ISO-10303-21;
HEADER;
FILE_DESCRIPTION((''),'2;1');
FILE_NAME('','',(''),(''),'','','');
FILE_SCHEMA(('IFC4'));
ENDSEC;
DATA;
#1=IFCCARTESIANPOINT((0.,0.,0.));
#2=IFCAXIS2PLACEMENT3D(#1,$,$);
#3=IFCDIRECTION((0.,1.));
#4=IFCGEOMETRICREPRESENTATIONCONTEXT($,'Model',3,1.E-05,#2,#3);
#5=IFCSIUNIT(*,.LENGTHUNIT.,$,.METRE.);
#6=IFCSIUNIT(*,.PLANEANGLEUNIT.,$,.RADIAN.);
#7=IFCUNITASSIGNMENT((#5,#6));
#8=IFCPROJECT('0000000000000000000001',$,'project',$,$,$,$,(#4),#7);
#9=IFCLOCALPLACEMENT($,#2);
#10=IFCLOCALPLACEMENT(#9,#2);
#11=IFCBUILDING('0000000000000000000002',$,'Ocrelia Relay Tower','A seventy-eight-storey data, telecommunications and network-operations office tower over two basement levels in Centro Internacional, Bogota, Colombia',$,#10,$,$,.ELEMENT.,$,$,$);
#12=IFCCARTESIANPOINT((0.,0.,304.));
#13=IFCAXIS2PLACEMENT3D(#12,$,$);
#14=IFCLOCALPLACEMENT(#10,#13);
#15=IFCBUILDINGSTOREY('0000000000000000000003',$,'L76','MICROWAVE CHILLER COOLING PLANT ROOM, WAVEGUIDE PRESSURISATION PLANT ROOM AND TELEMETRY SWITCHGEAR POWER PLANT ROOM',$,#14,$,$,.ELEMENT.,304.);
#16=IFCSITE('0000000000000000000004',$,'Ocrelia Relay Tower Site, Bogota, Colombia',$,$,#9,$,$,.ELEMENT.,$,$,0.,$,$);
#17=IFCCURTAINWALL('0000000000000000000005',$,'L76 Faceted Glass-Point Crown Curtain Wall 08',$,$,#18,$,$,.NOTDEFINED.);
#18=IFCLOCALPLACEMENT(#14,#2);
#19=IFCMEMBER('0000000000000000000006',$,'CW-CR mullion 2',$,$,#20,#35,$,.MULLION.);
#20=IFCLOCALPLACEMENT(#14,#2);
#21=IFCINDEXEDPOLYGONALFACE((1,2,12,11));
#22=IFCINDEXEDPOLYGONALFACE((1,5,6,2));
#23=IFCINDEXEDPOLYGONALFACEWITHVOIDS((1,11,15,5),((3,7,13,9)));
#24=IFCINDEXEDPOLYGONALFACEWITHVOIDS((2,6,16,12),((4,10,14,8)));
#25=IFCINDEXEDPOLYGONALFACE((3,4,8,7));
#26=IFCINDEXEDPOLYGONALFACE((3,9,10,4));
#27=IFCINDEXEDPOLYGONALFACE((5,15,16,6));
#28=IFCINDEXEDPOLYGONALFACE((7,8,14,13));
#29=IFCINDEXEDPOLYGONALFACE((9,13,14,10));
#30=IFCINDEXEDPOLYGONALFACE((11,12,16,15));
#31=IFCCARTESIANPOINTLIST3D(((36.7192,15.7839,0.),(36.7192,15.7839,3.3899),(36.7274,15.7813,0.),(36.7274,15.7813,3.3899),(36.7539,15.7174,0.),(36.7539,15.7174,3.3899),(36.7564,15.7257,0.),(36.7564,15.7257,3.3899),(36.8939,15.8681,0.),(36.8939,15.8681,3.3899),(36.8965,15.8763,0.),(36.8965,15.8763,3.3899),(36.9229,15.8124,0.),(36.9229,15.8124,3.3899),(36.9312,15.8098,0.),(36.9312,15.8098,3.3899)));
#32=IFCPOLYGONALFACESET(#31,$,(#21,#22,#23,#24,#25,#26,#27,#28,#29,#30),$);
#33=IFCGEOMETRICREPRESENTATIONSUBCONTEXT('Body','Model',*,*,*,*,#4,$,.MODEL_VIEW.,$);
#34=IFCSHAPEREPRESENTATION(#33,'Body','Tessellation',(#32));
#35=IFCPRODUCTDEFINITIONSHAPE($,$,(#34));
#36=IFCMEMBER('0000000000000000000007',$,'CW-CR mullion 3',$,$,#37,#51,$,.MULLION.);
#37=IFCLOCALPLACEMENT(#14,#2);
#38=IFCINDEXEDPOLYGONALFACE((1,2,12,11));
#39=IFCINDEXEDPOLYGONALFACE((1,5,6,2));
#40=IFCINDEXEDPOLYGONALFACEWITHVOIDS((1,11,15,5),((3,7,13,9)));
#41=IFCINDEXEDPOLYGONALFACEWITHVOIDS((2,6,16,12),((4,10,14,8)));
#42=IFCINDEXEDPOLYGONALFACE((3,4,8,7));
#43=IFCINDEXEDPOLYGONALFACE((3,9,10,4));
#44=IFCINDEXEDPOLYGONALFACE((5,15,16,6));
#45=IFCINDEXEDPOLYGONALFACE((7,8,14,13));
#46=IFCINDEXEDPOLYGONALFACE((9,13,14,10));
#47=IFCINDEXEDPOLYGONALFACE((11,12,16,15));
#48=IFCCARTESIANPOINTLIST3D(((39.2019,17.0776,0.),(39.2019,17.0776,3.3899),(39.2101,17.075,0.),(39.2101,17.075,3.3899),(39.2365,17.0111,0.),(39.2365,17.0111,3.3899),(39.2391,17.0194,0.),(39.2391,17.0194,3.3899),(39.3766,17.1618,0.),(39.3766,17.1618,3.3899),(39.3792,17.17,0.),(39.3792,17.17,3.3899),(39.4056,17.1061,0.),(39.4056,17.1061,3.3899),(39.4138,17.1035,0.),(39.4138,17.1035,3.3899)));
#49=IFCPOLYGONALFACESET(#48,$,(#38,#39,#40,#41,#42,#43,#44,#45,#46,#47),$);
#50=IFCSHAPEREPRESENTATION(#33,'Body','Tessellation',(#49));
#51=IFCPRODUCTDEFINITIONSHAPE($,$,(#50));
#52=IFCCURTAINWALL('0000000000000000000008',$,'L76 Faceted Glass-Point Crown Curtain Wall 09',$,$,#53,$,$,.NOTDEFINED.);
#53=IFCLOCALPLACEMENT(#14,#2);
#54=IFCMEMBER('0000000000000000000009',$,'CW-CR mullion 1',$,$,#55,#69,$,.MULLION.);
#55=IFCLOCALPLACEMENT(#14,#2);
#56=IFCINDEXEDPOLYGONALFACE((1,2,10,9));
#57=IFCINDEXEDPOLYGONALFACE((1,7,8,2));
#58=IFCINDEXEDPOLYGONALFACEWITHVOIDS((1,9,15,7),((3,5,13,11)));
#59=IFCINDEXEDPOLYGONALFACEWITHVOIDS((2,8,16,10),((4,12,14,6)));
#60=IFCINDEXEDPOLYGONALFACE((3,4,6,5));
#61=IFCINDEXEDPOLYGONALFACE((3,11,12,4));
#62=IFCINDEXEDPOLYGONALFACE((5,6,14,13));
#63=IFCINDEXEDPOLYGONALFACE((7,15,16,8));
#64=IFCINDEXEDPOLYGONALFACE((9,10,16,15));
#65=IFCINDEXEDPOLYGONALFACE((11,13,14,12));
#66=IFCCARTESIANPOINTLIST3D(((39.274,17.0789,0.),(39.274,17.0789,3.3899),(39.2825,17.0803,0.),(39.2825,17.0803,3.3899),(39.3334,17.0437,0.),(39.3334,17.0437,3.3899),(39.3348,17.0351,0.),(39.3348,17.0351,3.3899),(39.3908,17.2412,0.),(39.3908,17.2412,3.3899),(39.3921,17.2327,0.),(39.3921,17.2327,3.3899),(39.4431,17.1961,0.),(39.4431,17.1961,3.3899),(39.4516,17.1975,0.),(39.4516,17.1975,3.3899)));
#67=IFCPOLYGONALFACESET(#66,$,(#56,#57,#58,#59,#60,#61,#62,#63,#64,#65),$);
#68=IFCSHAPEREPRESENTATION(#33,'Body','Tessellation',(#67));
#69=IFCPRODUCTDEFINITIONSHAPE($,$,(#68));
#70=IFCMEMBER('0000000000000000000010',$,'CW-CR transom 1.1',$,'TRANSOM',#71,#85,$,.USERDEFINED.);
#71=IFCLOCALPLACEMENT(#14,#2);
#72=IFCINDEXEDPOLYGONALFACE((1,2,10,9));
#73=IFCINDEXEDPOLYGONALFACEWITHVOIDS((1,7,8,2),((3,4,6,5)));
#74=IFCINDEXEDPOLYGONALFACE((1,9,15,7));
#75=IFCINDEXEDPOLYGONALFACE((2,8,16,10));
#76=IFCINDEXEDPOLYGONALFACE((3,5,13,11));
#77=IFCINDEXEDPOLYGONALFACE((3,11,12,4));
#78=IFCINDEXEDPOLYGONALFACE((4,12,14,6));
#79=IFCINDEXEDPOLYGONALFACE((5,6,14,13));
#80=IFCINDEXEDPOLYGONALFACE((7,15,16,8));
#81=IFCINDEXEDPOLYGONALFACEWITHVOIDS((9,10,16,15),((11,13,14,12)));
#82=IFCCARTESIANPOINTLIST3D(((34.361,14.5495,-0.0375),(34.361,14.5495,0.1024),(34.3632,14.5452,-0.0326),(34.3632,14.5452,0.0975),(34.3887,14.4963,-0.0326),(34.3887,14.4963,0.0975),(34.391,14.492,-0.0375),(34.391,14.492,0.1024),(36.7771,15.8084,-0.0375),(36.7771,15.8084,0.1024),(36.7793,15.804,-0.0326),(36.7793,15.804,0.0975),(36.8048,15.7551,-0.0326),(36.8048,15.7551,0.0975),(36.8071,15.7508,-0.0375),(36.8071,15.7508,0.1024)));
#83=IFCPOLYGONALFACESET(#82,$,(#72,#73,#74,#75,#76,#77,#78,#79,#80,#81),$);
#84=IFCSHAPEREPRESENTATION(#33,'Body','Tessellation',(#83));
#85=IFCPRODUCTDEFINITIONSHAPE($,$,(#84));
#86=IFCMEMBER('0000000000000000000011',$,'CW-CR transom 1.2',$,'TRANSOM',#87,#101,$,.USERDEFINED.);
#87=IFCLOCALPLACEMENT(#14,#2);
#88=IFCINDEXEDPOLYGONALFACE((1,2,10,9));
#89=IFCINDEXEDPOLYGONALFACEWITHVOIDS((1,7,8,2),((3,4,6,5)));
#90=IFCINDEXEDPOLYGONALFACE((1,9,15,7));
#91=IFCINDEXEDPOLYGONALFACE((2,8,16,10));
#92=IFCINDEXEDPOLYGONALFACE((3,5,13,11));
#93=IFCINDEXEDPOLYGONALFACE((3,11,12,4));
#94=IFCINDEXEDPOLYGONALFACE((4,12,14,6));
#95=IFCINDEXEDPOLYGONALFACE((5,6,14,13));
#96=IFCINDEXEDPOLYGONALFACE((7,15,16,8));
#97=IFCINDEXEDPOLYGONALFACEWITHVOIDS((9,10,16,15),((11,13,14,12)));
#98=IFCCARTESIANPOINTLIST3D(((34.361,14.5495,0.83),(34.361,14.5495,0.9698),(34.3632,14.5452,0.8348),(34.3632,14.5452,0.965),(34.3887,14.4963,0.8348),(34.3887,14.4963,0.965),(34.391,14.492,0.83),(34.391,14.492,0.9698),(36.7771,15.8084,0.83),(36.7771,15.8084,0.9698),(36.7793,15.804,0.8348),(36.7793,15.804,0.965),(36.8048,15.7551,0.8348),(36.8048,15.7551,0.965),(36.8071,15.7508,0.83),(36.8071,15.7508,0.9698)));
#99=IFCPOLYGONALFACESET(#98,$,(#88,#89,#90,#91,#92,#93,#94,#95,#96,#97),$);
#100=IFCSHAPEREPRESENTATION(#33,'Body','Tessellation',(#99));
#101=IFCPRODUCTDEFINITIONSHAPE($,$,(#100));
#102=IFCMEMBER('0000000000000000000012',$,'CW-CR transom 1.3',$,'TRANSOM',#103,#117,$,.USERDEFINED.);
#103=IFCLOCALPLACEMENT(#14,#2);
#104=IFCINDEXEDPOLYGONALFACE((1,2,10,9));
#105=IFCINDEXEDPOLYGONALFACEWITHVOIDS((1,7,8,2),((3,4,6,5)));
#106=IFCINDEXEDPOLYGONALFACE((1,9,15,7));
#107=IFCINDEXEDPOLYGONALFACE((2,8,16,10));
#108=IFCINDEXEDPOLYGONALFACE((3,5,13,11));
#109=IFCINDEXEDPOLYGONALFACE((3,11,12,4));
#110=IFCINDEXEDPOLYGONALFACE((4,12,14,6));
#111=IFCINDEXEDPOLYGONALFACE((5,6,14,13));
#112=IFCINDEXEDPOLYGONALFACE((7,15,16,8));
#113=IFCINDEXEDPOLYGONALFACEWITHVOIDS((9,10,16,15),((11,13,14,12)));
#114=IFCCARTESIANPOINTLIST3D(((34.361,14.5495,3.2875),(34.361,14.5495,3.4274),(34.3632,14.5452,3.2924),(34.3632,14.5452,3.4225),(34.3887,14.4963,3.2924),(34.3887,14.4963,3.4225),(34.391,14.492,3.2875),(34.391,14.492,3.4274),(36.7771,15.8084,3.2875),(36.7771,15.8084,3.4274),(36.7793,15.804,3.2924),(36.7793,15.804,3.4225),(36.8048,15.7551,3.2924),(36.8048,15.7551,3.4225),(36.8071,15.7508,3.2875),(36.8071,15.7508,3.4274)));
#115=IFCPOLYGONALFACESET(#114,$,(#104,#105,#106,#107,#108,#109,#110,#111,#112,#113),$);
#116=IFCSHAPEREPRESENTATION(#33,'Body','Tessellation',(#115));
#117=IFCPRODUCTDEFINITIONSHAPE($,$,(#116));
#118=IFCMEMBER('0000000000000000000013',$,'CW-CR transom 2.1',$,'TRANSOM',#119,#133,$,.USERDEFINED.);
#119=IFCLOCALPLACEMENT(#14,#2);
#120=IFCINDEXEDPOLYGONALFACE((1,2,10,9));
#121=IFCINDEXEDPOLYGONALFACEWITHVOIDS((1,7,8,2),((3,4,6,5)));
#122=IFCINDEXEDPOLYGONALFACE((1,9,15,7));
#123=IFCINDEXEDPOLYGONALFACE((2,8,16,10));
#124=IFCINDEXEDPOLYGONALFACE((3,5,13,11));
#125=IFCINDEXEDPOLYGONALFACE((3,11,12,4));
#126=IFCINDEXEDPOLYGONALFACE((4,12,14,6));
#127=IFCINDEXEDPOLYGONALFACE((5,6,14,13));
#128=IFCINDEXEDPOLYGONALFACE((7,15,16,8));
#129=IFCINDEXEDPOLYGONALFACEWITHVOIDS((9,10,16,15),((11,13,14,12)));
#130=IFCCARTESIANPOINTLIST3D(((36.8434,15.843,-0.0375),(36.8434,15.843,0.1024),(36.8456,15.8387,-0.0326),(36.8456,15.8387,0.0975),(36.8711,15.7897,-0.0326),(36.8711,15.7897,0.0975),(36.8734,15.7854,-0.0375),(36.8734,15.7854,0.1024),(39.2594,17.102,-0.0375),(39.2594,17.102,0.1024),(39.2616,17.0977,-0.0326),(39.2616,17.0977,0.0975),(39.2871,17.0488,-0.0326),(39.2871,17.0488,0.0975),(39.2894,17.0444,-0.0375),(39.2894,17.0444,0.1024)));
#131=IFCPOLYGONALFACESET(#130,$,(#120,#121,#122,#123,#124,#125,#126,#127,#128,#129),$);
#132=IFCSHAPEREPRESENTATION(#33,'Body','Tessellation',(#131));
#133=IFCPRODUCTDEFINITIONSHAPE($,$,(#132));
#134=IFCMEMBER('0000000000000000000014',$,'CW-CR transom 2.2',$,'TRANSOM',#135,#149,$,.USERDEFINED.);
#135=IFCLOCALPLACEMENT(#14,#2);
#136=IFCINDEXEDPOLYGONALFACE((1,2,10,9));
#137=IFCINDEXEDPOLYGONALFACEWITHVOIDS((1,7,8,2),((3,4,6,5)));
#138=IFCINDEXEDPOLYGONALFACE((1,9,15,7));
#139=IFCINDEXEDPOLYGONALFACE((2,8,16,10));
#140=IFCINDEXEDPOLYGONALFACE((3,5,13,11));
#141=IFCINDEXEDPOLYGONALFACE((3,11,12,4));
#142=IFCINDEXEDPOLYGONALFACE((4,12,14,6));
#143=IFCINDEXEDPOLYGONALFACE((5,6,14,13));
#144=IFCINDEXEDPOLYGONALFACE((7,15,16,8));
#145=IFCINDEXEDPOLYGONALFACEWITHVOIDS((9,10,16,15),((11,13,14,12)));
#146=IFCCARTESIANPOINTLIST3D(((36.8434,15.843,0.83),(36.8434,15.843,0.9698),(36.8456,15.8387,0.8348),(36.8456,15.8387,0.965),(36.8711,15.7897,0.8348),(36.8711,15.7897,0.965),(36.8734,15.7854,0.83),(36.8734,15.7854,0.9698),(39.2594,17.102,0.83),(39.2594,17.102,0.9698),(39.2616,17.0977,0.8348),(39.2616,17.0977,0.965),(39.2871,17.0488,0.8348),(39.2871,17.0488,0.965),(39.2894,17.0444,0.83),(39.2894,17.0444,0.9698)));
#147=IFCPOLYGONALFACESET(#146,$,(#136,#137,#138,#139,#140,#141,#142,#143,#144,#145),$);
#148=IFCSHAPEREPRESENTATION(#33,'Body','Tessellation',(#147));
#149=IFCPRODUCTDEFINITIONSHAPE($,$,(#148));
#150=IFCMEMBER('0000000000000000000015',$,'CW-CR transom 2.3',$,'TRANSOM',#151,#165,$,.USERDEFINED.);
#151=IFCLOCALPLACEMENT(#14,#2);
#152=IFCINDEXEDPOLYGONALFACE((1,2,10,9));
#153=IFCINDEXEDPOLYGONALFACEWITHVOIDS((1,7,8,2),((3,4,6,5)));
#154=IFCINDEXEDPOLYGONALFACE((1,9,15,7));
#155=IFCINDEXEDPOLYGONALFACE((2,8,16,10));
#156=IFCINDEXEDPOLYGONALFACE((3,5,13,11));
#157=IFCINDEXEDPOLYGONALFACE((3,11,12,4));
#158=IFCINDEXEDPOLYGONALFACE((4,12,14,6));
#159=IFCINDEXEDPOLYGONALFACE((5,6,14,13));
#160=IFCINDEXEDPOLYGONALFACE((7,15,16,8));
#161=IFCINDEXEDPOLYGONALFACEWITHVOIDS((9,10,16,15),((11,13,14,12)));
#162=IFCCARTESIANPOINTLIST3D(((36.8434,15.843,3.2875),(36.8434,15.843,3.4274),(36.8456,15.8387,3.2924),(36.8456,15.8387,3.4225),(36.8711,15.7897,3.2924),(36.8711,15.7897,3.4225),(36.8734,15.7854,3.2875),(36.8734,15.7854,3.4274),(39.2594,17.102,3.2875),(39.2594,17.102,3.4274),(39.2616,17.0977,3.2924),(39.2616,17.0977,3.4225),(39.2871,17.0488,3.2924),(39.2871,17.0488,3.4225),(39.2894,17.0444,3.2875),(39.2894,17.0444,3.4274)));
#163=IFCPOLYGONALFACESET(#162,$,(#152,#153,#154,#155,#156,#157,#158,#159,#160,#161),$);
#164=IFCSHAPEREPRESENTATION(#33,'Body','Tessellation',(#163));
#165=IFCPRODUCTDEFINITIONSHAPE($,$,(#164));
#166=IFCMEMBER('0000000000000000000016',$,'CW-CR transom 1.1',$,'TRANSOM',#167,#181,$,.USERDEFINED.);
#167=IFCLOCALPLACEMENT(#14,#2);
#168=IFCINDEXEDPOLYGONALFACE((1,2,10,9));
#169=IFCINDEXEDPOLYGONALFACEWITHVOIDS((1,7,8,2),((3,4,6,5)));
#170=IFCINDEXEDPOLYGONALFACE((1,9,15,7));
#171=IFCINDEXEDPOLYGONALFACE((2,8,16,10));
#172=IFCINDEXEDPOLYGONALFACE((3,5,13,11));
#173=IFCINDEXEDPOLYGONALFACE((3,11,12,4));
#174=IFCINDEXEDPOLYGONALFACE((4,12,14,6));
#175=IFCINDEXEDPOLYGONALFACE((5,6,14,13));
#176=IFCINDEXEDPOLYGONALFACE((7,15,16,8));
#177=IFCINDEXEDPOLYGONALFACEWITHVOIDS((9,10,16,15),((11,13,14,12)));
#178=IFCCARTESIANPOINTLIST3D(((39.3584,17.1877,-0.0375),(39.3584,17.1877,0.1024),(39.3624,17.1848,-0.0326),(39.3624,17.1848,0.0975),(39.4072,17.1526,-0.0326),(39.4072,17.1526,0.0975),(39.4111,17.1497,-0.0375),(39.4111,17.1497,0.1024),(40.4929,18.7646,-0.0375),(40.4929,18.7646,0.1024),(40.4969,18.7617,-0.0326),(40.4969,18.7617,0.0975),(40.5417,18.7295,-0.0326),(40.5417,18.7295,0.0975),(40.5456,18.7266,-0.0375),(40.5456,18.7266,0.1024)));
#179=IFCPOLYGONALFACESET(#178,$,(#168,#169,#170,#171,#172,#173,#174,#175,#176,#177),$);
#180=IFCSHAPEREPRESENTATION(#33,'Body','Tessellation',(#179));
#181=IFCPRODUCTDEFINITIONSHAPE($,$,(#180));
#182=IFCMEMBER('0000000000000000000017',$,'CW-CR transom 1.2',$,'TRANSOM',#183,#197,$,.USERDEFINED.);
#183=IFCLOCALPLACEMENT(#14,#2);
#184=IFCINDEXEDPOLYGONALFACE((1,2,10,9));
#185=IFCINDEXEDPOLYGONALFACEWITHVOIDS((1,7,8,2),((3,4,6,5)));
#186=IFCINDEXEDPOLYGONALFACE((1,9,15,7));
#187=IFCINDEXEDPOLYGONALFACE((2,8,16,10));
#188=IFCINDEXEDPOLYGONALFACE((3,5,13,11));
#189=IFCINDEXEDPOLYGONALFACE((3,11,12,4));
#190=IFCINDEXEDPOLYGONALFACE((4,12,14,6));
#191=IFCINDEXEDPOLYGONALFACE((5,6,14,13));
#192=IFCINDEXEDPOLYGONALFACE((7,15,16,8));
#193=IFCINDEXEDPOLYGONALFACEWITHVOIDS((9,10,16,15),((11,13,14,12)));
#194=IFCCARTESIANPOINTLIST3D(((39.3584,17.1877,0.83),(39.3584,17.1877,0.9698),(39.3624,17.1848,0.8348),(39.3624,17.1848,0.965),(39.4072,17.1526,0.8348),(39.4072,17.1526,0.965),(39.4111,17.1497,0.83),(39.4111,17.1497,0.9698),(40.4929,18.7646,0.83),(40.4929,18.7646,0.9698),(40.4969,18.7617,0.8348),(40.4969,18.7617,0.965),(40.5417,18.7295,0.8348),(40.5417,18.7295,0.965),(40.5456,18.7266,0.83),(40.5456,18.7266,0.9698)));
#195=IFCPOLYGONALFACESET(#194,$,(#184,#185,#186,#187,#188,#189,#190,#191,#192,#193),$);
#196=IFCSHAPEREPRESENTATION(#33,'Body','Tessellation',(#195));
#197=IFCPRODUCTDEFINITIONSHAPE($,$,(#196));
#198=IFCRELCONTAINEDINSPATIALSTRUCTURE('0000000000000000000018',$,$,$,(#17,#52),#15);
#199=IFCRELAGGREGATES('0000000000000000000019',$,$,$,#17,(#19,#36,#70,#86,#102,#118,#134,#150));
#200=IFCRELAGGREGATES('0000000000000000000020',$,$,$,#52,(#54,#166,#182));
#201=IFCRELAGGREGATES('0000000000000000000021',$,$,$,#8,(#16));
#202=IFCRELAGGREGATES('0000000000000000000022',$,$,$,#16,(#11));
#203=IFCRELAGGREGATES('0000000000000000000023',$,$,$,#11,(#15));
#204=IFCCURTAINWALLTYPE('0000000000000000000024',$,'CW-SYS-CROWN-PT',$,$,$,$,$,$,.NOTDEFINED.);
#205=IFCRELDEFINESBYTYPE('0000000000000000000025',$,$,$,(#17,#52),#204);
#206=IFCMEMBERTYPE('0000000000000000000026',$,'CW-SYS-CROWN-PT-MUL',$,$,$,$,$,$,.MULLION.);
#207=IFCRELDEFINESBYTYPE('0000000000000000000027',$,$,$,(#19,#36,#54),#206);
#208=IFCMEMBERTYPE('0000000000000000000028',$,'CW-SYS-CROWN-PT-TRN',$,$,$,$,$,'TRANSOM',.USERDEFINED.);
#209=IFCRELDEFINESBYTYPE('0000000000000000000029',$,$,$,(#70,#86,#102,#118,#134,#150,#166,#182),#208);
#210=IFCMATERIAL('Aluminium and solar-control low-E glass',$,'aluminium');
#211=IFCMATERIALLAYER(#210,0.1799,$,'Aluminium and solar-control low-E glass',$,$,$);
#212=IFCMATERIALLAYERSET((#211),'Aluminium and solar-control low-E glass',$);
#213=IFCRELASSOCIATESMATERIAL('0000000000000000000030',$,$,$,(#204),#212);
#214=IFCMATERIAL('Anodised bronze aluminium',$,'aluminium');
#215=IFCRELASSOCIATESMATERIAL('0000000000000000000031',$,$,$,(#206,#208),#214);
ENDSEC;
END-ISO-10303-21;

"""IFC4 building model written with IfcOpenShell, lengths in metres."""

from ifc_helpers import new_model, si_unit, direction, frame, origin, origin_2d, place, context, subcontext, project, spatial, hollow_rectangle, extrude, material, layer, layer_set, material_profile, profile_set, type_object, element, aggregate, save


model = new_model("IFC4")

# Units and contexts
model_context = context("Model", 3, precision=1e-05, world=origin(), true_north=direction((0.0, 1.0)))
body_context = subcontext(model_context, "Body", "Model", "MODEL_VIEW")
ifc_project = project(units=[si_unit("LENGTHUNIT", "METRE"), si_unit("PLANEANGLEUNIT", "RADIAN")], contexts=[model_context])

# Site, building, storey
site_placement = place(None, origin())
site = spatial("IfcSite", under=ifc_project, at=site_placement, Name="Ocrelia Relay Tower Site, Bogota, Colombia", CompositionType="ELEMENT", RefElevation=0.0)
building_placement = place(site_placement, origin())
building = spatial("IfcBuilding", under=site, at=building_placement, Name="Ocrelia Relay Tower", Description="A seventy-eight-storey data, telecommunications and network-operations office tower over two basement levels in Centro Internacional, Bogota, Colombia", CompositionType="ELEMENT")
storey_placement = place(building_placement, frame((0.0, 0.0, 304.0)))
storey = spatial("IfcBuildingStorey", under=building, at=storey_placement, Name="L76", Description="MICROWAVE CHILLER COOLING PLANT ROOM, WAVEGUIDE PRESSURISATION PLANT ROOM AND TELEMETRY SWITCHGEAR POWER PLANT ROOM", CompositionType="ELEMENT", Elevation=304.0)

# Shared definitions
ifc_material_1 = material(Name="Aluminium and solar-control low-E glass", Category="aluminium")
ifc_layer_1 = layer(ifc_material_1, 0.1799, Name="Aluminium and solar-control low-E glass")
ifc_layer_set_1 = layer_set([ifc_layer_1], Name="Aluminium and solar-control low-E glass")
curtain_wall_type = type_object("IfcCurtainWallType", Name="CW-SYS-CROWN-PT", PredefinedType="NOTDEFINED", material=ifc_layer_set_1)
ifc_material_2 = material(Name="Anodised bronze aluminium", Category="aluminium")
ifc_material_profile_1 = material_profile(ifc_material_2, hollow_rectangle(XDim=0.075, YDim=0.2, WallThickness=0.0061, at=origin_2d()), Name="CW-MUL-200x75")
ifc_profile_set_1 = profile_set([ifc_material_profile_1], Name="Anodised bronze aluminium")
member_type_1 = type_object("IfcMemberType", Name="CW-SYS-CROWN-PT-MUL", PredefinedType="MULLION", material=ifc_profile_set_1)

# Curtain wall, members
curtain_wall_1_placement = place(storey_placement, origin())
curtain_wall_1 = element("IfcCurtainWall", 1, at=curtain_wall_1_placement, inside=storey, type_object=curtain_wall_type, Name="L76 Faceted Glass-Point Crown Curtain Wall 08", PredefinedType="NOTDEFINED")
member_1_placement = place(storey_placement, frame((36.8252, 15.7969, 0.0), z_axis=(0.0, 0.0, 1.0), x_axis=(-0.462105, 0.886825, 0.0)))
member_1 = element("IfcMember", 2, at=member_1_placement, type_object=member_type_1, Name="CW-CR mullion 2", PredefinedType="MULLION", context=body_context, shape_type="SweptSolid", body=[
    extrude(hollow_rectangle(XDim=0.075, YDim=0.2, WallThickness=0.0061, at=origin_2d()), origin(), (0.0, 0.0, 1.0), 3.3899),
])
member_2_placement = place(storey_placement, frame((39.3079, 17.0906, 0.0), z_axis=(0.0, 0.0, 1.0), x_axis=(-0.462105, 0.886825, 0.0)))
member_2 = element("IfcMember", 3, at=member_2_placement, type_object=member_type_1, Name="CW-CR mullion 3", PredefinedType="MULLION", context=body_context, shape_type="SweptSolid", body=[
    extrude(hollow_rectangle(XDim=0.075, YDim=0.2, WallThickness=0.0061, at=origin_2d()), origin(), (0.0, 0.0, 1.0), 3.3899),
])

# Curtain wall, member
curtain_wall_2_placement = place(storey_placement, origin())
curtain_wall_2 = element("IfcCurtainWall", 4, at=curtain_wall_2_placement, inside=storey, type_object=curtain_wall_type, Name="L76 Faceted Glass-Point Crown Curtain Wall 09", PredefinedType="NOTDEFINED")
member_3_placement = place(storey_placement, frame((39.3628, 17.1382, 0.0), z_axis=(0.0, 0.0, 1.0), x_axis=(-0.811755, 0.583998, 0.0)))
member_3 = element("IfcMember", 5, at=member_3_placement, type_object=member_type_1, Name="CW-CR mullion 1", PredefinedType="MULLION", context=body_context, shape_type="SweptSolid", body=[
    extrude(hollow_rectangle(XDim=0.075, YDim=0.2, WallThickness=0.0061, at=origin_2d()), origin(), (0.0, 0.0, 1.0), 3.3899),
])

# Members
ifc_material_profile_2 = material_profile(ifc_material_2, hollow_rectangle(XDim=0.0649, YDim=0.1399, WallThickness=0.0049, at=origin_2d()), Name="CW-TRN-140x65")
ifc_profile_set_2 = profile_set([ifc_material_profile_2], Name="Anodised bronze aluminium")
member_type_2 = type_object("IfcMemberType", Name="CW-SYS-CROWN-PT-TRN", ElementType="TRANSOM", PredefinedType="USERDEFINED", material=ifc_profile_set_2)
member_4_placement = place(storey_placement, frame((34.376, 14.5208, 0.0325), z_axis=(0.886847, 0.462064, 0.0), x_axis=(-0.462064, 0.886847, 0.0)))
member_4 = element("IfcMember", 6, at=member_4_placement, type_object=member_type_2, Name="CW-CR transom 1.1", ObjectType="TRANSOM", PredefinedType="USERDEFINED", context=body_context, shape_type="SweptSolid", body=[
    extrude(hollow_rectangle(XDim=0.0649, YDim=0.1399, WallThickness=0.0049, at=origin_2d()), origin(), (0.0, 0.0, 1.0), 2.7244),
])
member_5_placement = place(storey_placement, frame((34.376, 14.5208, 0.8999), z_axis=(0.886847, 0.462064, 0.0), x_axis=(-0.462064, 0.886847, 0.0)))
member_5 = element("IfcMember", 7, at=member_5_placement, type_object=member_type_2, Name="CW-CR transom 1.2", ObjectType="TRANSOM", PredefinedType="USERDEFINED", context=body_context, shape_type="SweptSolid", body=[
    extrude(hollow_rectangle(XDim=0.0649, YDim=0.1399, WallThickness=0.0049, at=origin_2d()), origin(), (0.0, 0.0, 1.0), 2.7244),
])
member_6_placement = place(storey_placement, frame((34.376, 14.5208, 3.3574), z_axis=(0.886847, 0.462064, 0.0), x_axis=(-0.462064, 0.886847, 0.0)))
member_6 = element("IfcMember", 8, at=member_6_placement, type_object=member_type_2, Name="CW-CR transom 1.3", ObjectType="TRANSOM", PredefinedType="USERDEFINED", context=body_context, shape_type="SweptSolid", body=[
    extrude(hollow_rectangle(XDim=0.0649, YDim=0.1399, WallThickness=0.0049, at=origin_2d()), origin(), (0.0, 0.0, 1.0), 2.7244),
])
member_7_placement = place(storey_placement, frame((36.8584, 15.8142, 0.0325), z_axis=(0.88681, 0.462134, 0.0), x_axis=(-0.462134, 0.88681, 0.0)))
member_7 = element("IfcMember", 9, at=member_7_placement, type_object=member_type_2, Name="CW-CR transom 2.1", ObjectType="TRANSOM", PredefinedType="USERDEFINED", context=body_context, shape_type="SweptSolid", body=[
    extrude(hollow_rectangle(XDim=0.0649, YDim=0.1399, WallThickness=0.0049, at=origin_2d()), origin(), (0.0, 0.0, 1.0), 2.7244),
])
member_8_placement = place(storey_placement, frame((36.8584, 15.8142, 0.8999), z_axis=(0.88681, 0.462134, 0.0), x_axis=(-0.462134, 0.88681, 0.0)))
member_8 = element("IfcMember", 10, at=member_8_placement, type_object=member_type_2, Name="CW-CR transom 2.2", ObjectType="TRANSOM", PredefinedType="USERDEFINED", context=body_context, shape_type="SweptSolid", body=[
    extrude(hollow_rectangle(XDim=0.0649, YDim=0.1399, WallThickness=0.0049, at=origin_2d()), origin(), (0.0, 0.0, 1.0), 2.7244),
])
member_9_placement = place(storey_placement, frame((36.8584, 15.8142, 3.3574), z_axis=(0.88681, 0.462134, 0.0), x_axis=(-0.462134, 0.88681, 0.0)))
member_9 = element("IfcMember", 11, at=member_9_placement, type_object=member_type_2, Name="CW-CR transom 2.3", ObjectType="TRANSOM", PredefinedType="USERDEFINED", context=body_context, shape_type="SweptSolid", body=[
    extrude(hollow_rectangle(XDim=0.0649, YDim=0.1399, WallThickness=0.0049, at=origin_2d()), origin(), (0.0, 0.0, 1.0), 2.7244),
])
member_10_placement = place(storey_placement, frame((39.3848, 17.1687, 0.0325), z_axis=(0.584017, 0.811742, 0.0), x_axis=(-0.811742, 0.584017, 0.0)))
member_10 = element("IfcMember", 12, at=member_10_placement, type_object=member_type_2, Name="CW-CR transom 1.1", ObjectType="TRANSOM", PredefinedType="USERDEFINED", context=body_context, shape_type="SweptSolid", body=[
    extrude(hollow_rectangle(XDim=0.0649, YDim=0.1399, WallThickness=0.0049, at=origin_2d()), origin(), (0.0, 0.0, 1.0), 1.9426),
])
member_11_placement = place(storey_placement, frame((39.3848, 17.1687, 0.8999), z_axis=(0.584017, 0.811742, 0.0), x_axis=(-0.811742, 0.584017, 0.0)))
member_11 = element("IfcMember", 13, at=member_11_placement, type_object=member_type_2, Name="CW-CR transom 1.2", ObjectType="TRANSOM", PredefinedType="USERDEFINED", context=body_context, shape_type="SweptSolid", body=[
    extrude(hollow_rectangle(XDim=0.0649, YDim=0.1399, WallThickness=0.0049, at=origin_2d()), origin(), (0.0, 0.0, 1.0), 1.9426),
])

aggregate(curtain_wall_1, [member_1, member_2, member_4, member_5, member_6, member_7, member_8, member_9])
aggregate(curtain_wall_2, [member_3, member_10, member_11])

save(model, "model.ifc")
